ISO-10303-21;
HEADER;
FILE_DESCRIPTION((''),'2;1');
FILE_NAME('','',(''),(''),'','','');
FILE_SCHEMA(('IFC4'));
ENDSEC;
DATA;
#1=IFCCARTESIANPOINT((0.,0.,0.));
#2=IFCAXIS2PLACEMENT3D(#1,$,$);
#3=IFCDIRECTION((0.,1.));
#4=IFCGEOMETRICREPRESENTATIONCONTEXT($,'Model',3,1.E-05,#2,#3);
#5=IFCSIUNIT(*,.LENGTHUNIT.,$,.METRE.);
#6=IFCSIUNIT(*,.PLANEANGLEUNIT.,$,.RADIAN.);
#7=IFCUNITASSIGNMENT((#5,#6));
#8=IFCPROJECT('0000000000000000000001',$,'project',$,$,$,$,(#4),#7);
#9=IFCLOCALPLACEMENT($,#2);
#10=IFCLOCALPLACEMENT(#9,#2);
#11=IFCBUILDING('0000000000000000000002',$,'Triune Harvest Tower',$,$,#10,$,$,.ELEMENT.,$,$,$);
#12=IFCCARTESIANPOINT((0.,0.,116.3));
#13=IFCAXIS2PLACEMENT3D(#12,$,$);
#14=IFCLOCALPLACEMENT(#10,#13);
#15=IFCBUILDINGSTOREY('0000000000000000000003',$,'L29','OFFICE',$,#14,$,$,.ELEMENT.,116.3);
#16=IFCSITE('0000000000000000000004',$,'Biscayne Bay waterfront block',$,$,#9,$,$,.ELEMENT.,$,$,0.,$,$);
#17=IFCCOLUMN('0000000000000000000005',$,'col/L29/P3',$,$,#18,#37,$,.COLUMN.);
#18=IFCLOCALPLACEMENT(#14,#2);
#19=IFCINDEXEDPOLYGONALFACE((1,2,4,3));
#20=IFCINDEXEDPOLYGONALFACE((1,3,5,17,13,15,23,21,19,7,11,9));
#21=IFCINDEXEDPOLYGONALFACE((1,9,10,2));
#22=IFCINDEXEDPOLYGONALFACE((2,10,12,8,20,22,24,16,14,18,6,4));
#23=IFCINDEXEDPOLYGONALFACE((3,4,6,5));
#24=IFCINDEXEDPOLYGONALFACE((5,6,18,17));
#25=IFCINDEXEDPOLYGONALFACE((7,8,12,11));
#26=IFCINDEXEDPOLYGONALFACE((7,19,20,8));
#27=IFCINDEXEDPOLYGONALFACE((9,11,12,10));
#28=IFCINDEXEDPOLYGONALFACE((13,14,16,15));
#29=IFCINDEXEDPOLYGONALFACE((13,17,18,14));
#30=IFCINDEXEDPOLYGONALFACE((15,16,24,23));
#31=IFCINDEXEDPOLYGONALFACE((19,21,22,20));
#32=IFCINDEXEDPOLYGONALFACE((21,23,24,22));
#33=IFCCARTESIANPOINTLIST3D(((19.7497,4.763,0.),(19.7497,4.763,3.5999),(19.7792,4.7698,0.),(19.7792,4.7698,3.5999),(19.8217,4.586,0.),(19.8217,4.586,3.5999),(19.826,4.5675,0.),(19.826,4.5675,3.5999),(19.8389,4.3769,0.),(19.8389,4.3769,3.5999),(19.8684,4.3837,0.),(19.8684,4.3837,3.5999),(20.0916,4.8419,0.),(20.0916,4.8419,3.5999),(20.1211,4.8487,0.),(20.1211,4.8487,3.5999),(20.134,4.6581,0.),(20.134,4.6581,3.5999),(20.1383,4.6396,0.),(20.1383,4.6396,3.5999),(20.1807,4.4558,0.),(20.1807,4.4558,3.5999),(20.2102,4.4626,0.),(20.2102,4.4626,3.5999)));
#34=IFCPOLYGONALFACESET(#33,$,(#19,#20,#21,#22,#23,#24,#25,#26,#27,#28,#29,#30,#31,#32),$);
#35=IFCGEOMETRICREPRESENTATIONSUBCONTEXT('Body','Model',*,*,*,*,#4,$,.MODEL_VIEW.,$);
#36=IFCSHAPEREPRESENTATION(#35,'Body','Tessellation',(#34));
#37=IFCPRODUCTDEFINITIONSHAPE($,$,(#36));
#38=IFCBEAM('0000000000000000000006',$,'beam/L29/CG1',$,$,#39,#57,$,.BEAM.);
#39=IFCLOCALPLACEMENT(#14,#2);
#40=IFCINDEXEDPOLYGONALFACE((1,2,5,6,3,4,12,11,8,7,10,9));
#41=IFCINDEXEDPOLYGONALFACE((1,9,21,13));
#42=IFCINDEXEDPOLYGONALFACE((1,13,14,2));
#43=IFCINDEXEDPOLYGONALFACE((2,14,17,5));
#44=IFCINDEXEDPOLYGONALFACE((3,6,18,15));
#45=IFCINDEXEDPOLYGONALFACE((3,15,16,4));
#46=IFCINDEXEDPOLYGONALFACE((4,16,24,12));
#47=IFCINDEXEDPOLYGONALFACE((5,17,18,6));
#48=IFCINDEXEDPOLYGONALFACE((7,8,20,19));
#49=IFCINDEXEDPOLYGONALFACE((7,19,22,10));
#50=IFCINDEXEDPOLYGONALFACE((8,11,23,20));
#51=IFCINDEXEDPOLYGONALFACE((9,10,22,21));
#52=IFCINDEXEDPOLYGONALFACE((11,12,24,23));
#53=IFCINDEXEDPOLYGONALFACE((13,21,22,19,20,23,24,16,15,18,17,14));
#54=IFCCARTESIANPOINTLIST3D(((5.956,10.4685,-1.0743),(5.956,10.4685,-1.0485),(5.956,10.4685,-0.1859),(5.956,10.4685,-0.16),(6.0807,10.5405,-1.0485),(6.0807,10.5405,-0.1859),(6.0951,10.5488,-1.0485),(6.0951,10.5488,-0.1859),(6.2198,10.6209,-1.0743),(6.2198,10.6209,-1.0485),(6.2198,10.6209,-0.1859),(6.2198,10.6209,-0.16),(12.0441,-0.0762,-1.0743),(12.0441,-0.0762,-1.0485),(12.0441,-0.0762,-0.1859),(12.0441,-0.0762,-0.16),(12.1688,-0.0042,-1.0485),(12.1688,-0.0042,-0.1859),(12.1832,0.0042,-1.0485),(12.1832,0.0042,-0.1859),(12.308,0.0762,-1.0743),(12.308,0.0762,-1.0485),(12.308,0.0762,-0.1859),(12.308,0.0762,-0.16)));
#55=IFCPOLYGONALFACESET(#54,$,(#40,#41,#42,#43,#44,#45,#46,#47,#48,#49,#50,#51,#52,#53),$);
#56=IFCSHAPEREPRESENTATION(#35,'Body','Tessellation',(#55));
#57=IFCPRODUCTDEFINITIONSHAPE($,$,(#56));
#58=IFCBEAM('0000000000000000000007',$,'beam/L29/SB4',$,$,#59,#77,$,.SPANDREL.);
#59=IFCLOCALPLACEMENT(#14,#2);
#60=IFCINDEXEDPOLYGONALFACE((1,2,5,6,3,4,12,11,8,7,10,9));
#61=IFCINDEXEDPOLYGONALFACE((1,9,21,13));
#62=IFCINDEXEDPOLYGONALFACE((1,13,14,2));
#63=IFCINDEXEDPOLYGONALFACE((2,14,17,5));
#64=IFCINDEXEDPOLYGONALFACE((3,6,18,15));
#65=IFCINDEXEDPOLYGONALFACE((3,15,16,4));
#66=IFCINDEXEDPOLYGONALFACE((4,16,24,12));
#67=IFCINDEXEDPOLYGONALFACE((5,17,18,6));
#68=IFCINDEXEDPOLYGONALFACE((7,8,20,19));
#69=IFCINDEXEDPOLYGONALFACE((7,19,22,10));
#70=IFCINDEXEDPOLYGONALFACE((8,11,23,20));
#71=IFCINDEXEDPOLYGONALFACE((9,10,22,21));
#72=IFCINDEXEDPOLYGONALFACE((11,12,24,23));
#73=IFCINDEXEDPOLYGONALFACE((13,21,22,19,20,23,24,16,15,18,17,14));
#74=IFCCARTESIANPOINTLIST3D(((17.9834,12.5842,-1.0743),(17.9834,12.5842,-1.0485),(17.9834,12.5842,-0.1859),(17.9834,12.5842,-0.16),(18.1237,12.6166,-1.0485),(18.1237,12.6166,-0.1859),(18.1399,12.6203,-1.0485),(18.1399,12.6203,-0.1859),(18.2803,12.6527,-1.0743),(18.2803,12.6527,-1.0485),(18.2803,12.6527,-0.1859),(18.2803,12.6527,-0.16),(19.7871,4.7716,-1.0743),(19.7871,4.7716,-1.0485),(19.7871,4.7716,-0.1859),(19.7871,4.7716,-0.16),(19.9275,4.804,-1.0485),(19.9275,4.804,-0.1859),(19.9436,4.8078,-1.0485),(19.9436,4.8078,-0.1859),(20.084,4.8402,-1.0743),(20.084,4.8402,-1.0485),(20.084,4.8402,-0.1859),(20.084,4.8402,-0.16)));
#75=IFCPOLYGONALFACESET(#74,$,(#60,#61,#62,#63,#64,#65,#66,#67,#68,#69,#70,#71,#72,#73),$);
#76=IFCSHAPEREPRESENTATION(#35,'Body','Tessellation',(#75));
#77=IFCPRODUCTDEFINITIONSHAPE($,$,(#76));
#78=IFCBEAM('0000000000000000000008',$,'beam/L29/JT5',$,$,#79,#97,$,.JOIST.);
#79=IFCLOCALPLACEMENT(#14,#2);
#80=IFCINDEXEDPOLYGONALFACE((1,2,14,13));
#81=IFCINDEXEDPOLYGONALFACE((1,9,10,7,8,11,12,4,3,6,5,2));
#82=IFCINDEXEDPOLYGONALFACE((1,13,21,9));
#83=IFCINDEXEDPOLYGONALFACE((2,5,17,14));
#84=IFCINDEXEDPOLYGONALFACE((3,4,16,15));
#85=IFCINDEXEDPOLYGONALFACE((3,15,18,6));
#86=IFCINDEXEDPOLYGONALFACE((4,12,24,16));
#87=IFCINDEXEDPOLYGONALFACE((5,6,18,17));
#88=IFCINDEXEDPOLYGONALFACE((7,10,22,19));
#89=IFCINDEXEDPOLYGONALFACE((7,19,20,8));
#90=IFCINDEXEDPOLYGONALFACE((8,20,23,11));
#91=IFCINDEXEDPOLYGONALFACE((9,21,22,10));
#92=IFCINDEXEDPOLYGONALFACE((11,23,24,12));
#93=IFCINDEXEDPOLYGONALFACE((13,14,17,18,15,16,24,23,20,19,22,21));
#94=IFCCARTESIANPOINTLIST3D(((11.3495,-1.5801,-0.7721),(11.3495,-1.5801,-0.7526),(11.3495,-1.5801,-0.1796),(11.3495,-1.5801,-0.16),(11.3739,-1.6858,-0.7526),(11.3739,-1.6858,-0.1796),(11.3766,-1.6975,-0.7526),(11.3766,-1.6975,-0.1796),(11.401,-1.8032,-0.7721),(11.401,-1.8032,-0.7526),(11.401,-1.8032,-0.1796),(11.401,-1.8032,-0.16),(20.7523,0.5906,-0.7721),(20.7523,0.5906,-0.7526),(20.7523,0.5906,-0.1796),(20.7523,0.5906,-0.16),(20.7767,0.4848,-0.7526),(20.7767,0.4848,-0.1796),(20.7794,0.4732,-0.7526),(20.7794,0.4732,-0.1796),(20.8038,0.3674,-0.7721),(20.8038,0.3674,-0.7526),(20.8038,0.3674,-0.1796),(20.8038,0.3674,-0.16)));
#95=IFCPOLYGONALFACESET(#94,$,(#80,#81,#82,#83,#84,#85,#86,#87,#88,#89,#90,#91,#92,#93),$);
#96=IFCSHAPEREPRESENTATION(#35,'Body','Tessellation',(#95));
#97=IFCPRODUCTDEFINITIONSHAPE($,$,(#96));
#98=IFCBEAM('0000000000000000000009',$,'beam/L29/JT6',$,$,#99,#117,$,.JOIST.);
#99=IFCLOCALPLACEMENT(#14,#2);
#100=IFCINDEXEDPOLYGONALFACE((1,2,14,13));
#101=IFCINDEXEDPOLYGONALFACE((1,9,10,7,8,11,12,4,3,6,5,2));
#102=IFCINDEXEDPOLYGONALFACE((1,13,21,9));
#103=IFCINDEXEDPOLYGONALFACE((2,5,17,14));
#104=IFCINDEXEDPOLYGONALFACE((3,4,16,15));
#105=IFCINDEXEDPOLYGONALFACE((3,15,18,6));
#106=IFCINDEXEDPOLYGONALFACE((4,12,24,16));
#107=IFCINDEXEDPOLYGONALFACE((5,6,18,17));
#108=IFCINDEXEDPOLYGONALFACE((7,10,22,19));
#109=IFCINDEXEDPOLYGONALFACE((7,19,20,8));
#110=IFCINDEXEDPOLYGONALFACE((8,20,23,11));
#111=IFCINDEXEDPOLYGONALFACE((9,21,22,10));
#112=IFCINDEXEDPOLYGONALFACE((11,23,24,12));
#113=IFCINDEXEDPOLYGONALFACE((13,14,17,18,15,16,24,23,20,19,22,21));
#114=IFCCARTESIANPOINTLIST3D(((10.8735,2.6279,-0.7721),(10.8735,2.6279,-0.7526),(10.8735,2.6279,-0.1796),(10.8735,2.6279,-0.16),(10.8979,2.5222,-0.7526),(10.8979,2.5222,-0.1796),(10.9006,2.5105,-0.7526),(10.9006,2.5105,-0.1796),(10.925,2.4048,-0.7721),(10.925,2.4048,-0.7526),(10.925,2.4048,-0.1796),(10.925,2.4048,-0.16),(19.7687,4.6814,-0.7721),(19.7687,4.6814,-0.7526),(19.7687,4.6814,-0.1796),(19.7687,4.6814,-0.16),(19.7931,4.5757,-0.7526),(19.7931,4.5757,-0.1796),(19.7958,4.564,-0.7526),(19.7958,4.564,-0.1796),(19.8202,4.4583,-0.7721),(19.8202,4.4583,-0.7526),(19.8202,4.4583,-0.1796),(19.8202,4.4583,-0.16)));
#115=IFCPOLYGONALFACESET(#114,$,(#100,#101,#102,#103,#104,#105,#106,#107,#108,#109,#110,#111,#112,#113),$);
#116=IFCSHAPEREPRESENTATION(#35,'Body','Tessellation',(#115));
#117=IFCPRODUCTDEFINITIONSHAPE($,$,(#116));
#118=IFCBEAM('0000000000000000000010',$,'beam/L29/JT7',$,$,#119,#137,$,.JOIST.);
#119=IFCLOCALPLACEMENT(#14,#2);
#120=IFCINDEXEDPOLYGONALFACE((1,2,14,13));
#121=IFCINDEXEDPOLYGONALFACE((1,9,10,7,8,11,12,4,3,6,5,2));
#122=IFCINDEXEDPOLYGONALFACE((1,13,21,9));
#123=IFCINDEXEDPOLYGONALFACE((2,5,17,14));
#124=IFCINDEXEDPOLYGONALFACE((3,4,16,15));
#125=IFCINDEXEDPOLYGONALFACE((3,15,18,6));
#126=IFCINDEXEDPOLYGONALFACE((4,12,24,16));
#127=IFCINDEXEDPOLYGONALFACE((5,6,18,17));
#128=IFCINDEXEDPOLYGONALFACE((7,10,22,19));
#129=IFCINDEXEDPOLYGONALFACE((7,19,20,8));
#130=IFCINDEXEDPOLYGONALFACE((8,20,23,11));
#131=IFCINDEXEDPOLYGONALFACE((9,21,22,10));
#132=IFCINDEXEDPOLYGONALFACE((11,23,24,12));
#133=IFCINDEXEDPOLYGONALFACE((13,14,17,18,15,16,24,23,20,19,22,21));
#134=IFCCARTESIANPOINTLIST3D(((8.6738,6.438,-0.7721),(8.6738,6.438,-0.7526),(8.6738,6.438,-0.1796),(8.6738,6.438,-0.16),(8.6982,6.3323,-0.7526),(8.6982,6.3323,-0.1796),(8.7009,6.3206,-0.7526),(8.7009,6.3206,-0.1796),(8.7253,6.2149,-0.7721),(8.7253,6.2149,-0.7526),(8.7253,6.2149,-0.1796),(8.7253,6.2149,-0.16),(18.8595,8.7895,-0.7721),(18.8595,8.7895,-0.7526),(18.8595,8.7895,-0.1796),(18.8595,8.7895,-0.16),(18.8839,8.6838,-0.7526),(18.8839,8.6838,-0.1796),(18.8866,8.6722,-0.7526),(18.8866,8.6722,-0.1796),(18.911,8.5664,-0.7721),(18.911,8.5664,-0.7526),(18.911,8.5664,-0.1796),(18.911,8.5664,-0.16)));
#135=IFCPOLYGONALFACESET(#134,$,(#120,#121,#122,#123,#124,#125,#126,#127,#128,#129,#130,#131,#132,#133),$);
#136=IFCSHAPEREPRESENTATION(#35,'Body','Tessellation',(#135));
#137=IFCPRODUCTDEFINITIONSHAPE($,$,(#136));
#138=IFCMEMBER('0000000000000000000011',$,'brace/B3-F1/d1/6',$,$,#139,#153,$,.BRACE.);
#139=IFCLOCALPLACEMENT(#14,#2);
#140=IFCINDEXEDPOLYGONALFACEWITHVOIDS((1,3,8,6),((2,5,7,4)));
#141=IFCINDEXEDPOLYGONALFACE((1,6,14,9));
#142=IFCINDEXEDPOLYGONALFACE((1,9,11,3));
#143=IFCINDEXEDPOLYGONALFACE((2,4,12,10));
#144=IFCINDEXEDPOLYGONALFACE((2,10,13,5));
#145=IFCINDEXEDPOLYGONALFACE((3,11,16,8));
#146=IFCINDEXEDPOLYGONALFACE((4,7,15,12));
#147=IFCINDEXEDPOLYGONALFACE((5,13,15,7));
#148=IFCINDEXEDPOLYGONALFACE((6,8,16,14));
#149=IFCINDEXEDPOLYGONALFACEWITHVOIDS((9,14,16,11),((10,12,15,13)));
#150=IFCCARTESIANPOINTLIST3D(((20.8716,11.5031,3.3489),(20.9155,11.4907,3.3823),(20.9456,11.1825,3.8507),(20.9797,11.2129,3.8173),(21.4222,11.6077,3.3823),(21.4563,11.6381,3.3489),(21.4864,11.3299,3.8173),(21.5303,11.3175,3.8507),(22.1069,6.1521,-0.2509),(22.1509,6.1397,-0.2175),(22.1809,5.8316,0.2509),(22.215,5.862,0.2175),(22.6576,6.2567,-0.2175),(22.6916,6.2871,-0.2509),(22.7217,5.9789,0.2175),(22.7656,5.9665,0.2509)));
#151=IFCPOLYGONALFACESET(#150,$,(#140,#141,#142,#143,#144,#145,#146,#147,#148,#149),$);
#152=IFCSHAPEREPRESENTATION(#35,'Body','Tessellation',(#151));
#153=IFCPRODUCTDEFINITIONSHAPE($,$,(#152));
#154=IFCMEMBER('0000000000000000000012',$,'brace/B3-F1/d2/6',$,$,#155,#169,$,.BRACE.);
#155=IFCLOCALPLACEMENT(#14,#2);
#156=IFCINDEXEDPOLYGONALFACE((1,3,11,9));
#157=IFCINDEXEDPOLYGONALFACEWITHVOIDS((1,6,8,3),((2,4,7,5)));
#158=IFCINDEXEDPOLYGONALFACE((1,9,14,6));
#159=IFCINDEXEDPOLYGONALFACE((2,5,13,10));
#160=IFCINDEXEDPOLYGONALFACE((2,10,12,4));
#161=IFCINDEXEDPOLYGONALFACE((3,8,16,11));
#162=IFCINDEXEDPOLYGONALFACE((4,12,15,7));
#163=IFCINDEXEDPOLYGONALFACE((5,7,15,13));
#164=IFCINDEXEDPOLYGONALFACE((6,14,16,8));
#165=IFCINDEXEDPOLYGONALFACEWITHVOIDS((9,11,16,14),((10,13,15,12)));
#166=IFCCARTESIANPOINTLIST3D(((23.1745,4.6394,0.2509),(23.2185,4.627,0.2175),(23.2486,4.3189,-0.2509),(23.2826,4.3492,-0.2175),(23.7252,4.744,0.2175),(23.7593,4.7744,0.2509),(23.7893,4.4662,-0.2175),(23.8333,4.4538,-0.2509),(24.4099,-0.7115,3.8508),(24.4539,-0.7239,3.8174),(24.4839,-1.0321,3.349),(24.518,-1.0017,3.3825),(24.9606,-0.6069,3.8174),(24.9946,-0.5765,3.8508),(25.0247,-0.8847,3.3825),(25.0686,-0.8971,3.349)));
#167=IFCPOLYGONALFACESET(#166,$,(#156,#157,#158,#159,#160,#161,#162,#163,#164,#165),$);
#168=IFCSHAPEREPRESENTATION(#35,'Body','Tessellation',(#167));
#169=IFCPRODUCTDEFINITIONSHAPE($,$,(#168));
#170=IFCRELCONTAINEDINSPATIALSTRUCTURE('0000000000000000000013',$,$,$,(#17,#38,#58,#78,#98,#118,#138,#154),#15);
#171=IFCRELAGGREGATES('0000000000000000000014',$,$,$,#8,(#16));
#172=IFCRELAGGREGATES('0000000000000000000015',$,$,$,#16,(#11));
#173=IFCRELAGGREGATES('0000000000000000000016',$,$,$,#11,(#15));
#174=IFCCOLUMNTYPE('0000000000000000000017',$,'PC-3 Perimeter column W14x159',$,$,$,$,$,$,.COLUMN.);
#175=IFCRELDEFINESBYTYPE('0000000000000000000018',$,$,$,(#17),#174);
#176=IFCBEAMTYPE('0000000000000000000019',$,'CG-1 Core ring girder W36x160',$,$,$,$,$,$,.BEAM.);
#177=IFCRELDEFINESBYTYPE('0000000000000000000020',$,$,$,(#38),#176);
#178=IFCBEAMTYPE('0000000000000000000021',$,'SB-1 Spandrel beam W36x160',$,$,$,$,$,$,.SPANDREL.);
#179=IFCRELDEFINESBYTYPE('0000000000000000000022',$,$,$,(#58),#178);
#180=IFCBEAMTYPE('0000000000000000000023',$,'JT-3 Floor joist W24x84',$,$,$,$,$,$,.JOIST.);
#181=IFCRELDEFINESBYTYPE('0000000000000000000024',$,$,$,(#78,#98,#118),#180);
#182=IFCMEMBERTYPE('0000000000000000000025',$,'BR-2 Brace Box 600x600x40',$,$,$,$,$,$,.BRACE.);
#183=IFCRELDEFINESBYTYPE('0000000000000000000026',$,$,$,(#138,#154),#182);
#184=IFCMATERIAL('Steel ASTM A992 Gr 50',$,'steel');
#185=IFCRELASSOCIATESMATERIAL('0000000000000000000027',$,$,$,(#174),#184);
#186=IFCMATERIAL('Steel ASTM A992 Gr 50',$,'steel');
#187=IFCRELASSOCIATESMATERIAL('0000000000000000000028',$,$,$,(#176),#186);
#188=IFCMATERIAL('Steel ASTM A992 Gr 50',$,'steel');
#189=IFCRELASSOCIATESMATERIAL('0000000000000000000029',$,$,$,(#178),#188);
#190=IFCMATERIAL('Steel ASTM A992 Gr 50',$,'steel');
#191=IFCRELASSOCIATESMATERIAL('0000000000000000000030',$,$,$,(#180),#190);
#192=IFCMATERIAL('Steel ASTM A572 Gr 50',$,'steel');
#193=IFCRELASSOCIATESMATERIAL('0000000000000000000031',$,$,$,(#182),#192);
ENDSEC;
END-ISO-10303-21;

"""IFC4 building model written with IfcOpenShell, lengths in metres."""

from ifc_helpers import new_model, si_unit, direction, frame, origin, origin_2d, place, context, subcontext, project, spatial, hollow_rectangle, i_section, extrude, source, transform, mapped, material, material_profile, profile_set, type_object, element, save


model = new_model("IFC4")

# Units and contexts
model_context = context("Model", 3, precision=1e-05, world=origin(), true_north=direction((0.0, 1.0)))
body_context = subcontext(model_context, "Body", "Model", "MODEL_VIEW")
ifc_project = project(units=[si_unit("LENGTHUNIT", "METRE"), si_unit("PLANEANGLEUNIT", "RADIAN")], contexts=[model_context])

# Site, building, storey
site_placement = place(None, origin())
site = spatial("IfcSite", under=ifc_project, at=site_placement, Name="Biscayne Bay waterfront block", CompositionType="ELEMENT", RefElevation=0.0)
building_placement = place(site_placement, origin())
building = spatial("IfcBuilding", under=site, at=building_placement, Name="Triune Harvest Tower", CompositionType="ELEMENT")
storey_placement = place(building_placement, frame((0.0, 0.0, 116.3)))
storey = spatial("IfcBuildingStorey", under=building, at=storey_placement, Name="L29", Description="OFFICE", CompositionType="ELEMENT", Elevation=116.3)

# Column
ifc_material_1 = material(Name="Steel ASTM A992 Gr 50", Category="steel")
ifc_material_profile_1 = material_profile(ifc_material_1, i_section(OverallWidth=0.3962, OverallDepth=0.3811, WebThickness=0.019, FlangeThickness=0.0303, at=origin_2d()), Name="W14x159")
ifc_profile_set_1 = profile_set([ifc_material_profile_1], Name="Steel ASTM A992 Gr 50")
column_type = type_object("IfcColumnType", Name="PC-3 Perimeter column W14x159", PredefinedType="COLUMN", material=ifc_profile_set_1)
shared_shape_1 = source(origin(), body_context, "Body", "SweptSolid", [
    extrude(i_section(OverallWidth=0.3962, OverallDepth=0.3811, WebThickness=0.019, FlangeThickness=0.0303, at=origin_2d()), origin(), (0.0, 0.0, 1.0), 3.5999),
])
column_placement = place(storey_placement, frame((19.98, 4.6128, 0.0), z_axis=(0.0, 0.0, 1.0), x_axis=(-0.224953, 0.97437, 0.0)))
element("IfcColumn", 1, at=column_placement, inside=storey, type_object=column_type, Name="col/L29/P3", PredefinedType="COLUMN", context=body_context, shape_type="MappedRepresentation", body=[
    mapped(shared_shape_1, transform((0.0, 0.0, 0.0), scale=1.0)),
])

# Beams
ifc_material_2 = material(Name="Steel ASTM A992 Gr 50", Category="steel")
ifc_material_profile_2 = material_profile(ifc_material_2, i_section(OverallWidth=0.3047, OverallDepth=0.9143, WebThickness=0.0166, FlangeThickness=0.0259, at=origin_2d()), Name="W36x160")
ifc_profile_set_2 = profile_set([ifc_material_profile_2], Name="Steel ASTM A992 Gr 50")
beam_type_1 = type_object("IfcBeamType", Name="CG-1 Core ring girder W36x160", PredefinedType="BEAM", material=ifc_profile_set_2)
shared_shape_2 = source(origin(), body_context, "Body", "SweptSolid", [
    extrude(i_section(OverallWidth=0.3047, OverallDepth=0.9143, WebThickness=0.0166, FlangeThickness=0.0259, at=origin_2d()), origin(), (0.0, 0.0, 1.0), 12.176),
])
beam_1_placement = place(storey_placement, frame((12.176, 0.0, -0.6172), z_axis=(-0.50001, 0.86602, 0.0), x_axis=(-0.86602, -0.50001, 0.0)))
element("IfcBeam", 2, at=beam_1_placement, inside=storey, type_object=beam_type_1, Name="beam/L29/CG1", PredefinedType="BEAM", context=body_context, shape_type="MappedRepresentation", body=[
    mapped(shared_shape_2, transform((0.0, 0.0, 0.0), scale=1.0)),
])
ifc_material_3 = material(Name="Steel ASTM A992 Gr 50", Category="steel")
ifc_material_profile_3 = material_profile(ifc_material_3, i_section(OverallWidth=0.3047, OverallDepth=0.9143, WebThickness=0.0166, FlangeThickness=0.0259, at=origin_2d()), Name="W36x160")
ifc_profile_set_3 = profile_set([ifc_material_profile_3], Name="Steel ASTM A992 Gr 50")
beam_type_2 = type_object("IfcBeamType", Name="SB-1 Spandrel beam W36x160", PredefinedType="SPANDREL", material=ifc_profile_set_3)
shared_shape_3 = source(origin(), body_context, "Body", "SweptSolid", [
    extrude(i_section(OverallWidth=0.3047, OverallDepth=0.9143, WebThickness=0.0166, FlangeThickness=0.0259, at=origin_2d()), origin(), (0.0, 0.0, 1.0), 8.0181),
])
beam_2_placement = place(storey_placement, frame((19.9355, 4.8059, -0.6172), z_axis=(-0.224957, 0.974369, 0.0), x_axis=(-0.974369, -0.224957, 0.0)))
element("IfcBeam", 3, at=beam_2_placement, inside=storey, type_object=beam_type_2, Name="beam/L29/SB4", PredefinedType="SPANDREL", context=body_context, shape_type="MappedRepresentation", body=[
    mapped(shared_shape_3, transform((0.0, 0.0, 0.0), scale=1.0)),
])
ifc_material_4 = material(Name="Steel ASTM A992 Gr 50", Category="steel")
ifc_material_profile_4 = material_profile(ifc_material_4, i_section(OverallWidth=0.229, OverallDepth=0.6121, WebThickness=0.012, FlangeThickness=0.0195, at=origin_2d()), Name="W24x84")
ifc_profile_set_4 = profile_set([ifc_material_profile_4], Name="Steel ASTM A992 Gr 50")
beam_type_3 = type_object("IfcBeamType", Name="JT-3 Floor joist W24x84", PredefinedType="JOIST", material=ifc_profile_set_4)
shared_shape_4 = source(origin(), body_context, "Body", "SweptSolid", [
    extrude(i_section(OverallWidth=0.229, OverallDepth=0.6121, WebThickness=0.012, FlangeThickness=0.0195, at=origin_2d()), origin(), (0.0, 0.0, 1.0), 9.6501),
])
beam_3_placement = place(storey_placement, frame((20.7781, 0.479, -0.4661), z_axis=(-0.974374, -0.224935, 0.0), x_axis=(0.224935, -0.974374, 0.0)))
element("IfcBeam", 4, at=beam_3_placement, inside=storey, type_object=beam_type_3, Name="beam/L29/JT5", PredefinedType="JOIST", context=body_context, shape_type="MappedRepresentation", body=[
    mapped(shared_shape_4, transform((0.0, 0.0, 0.0), scale=1.0)),
])
shared_shape_5 = source(origin(), body_context, "Body", "SweptSolid", [
    extrude(i_section(OverallWidth=0.229, OverallDepth=0.6121, WebThickness=0.012, FlangeThickness=0.0195, at=origin_2d()), origin(), (0.0, 0.0, 1.0), 9.1292),
])
beam_4_placement = place(storey_placement, frame((19.7944, 4.5698, -0.4661), z_axis=(-0.974374, -0.224934, 0.0), x_axis=(0.224934, -0.974374, 0.0)))
element("IfcBeam", 5, at=beam_4_placement, inside=storey, type_object=beam_type_3, Name="beam/L29/JT6", PredefinedType="JOIST", context=body_context, shape_type="MappedRepresentation", body=[
    mapped(shared_shape_5, transform((0.0, 0.0, 0.0), scale=1.0)),
])
shared_shape_6 = source(origin(), body_context, "Body", "SweptSolid", [
    extrude(i_section(OverallWidth=0.229, OverallDepth=0.6121, WebThickness=0.012, FlangeThickness=0.0195, at=origin_2d()), origin(), (0.0, 0.0, 1.0), 10.4536),
])
beam_5_placement = place(storey_placement, frame((18.8853, 8.678, -0.4661), z_axis=(-0.97437, -0.22495, 0.0), x_axis=(0.22495, -0.97437, 0.0)))
element("IfcBeam", 6, at=beam_5_placement, inside=storey, type_object=beam_type_3, Name="beam/L29/JT7", PredefinedType="JOIST", context=body_context, shape_type="MappedRepresentation", body=[
    mapped(shared_shape_6, transform((0.0, 0.0, 0.0), scale=1.0)),
])

# Members
ifc_material_5 = material(Name="Steel ASTM A572 Gr 50", Category="steel")
ifc_material_profile_5 = material_profile(ifc_material_5, hollow_rectangle(XDim=0.6001, YDim=0.6001, WallThickness=0.04, at=origin_2d()), Name="Box 600x600x40")
ifc_profile_set_5 = profile_set([ifc_material_profile_5], Name="Steel ASTM A572 Gr 50")
member_type_1 = type_object("IfcMemberType", Name="BR-2 Brace Box 600x600x40", PredefinedType="BRACE", material=ifc_profile_set_5)
shared_shape_7 = source(origin(), body_context, "Body", "SweptSolid", [
    extrude(hollow_rectangle(XDim=0.6001, YDim=0.6001, WallThickness=0.04, at=origin_2d()), origin(), (0.0, 0.0, 1.0), 6.5664),
])
for number, where, z_axis, x_axis, name in (
    (7, (22.4363, 6.0593, 0.0), (-0.188129, 0.814904, 0.548214), (-0.974372, -0.224944, 0.0), "brace/B3-F1/d1/6"),
    (8, (23.5039, 4.5466, 0.0), (0.188135, -0.814892, 0.548231), (0.974369, 0.224954, 0.0), "brace/B3-F1/d2/6"),
):
    element("IfcMember", number, at=place(storey_placement, frame(where, z_axis=z_axis, x_axis=x_axis)), inside=storey, type_object=member_type_1, Name=name, PredefinedType="BRACE", context=body_context, shape_type="MappedRepresentation", body=[
        mapped(shared_shape_7, transform((0.0, 0.0, 0.0), scale=1.0)),
    ])

save(model, "model.ifc")
